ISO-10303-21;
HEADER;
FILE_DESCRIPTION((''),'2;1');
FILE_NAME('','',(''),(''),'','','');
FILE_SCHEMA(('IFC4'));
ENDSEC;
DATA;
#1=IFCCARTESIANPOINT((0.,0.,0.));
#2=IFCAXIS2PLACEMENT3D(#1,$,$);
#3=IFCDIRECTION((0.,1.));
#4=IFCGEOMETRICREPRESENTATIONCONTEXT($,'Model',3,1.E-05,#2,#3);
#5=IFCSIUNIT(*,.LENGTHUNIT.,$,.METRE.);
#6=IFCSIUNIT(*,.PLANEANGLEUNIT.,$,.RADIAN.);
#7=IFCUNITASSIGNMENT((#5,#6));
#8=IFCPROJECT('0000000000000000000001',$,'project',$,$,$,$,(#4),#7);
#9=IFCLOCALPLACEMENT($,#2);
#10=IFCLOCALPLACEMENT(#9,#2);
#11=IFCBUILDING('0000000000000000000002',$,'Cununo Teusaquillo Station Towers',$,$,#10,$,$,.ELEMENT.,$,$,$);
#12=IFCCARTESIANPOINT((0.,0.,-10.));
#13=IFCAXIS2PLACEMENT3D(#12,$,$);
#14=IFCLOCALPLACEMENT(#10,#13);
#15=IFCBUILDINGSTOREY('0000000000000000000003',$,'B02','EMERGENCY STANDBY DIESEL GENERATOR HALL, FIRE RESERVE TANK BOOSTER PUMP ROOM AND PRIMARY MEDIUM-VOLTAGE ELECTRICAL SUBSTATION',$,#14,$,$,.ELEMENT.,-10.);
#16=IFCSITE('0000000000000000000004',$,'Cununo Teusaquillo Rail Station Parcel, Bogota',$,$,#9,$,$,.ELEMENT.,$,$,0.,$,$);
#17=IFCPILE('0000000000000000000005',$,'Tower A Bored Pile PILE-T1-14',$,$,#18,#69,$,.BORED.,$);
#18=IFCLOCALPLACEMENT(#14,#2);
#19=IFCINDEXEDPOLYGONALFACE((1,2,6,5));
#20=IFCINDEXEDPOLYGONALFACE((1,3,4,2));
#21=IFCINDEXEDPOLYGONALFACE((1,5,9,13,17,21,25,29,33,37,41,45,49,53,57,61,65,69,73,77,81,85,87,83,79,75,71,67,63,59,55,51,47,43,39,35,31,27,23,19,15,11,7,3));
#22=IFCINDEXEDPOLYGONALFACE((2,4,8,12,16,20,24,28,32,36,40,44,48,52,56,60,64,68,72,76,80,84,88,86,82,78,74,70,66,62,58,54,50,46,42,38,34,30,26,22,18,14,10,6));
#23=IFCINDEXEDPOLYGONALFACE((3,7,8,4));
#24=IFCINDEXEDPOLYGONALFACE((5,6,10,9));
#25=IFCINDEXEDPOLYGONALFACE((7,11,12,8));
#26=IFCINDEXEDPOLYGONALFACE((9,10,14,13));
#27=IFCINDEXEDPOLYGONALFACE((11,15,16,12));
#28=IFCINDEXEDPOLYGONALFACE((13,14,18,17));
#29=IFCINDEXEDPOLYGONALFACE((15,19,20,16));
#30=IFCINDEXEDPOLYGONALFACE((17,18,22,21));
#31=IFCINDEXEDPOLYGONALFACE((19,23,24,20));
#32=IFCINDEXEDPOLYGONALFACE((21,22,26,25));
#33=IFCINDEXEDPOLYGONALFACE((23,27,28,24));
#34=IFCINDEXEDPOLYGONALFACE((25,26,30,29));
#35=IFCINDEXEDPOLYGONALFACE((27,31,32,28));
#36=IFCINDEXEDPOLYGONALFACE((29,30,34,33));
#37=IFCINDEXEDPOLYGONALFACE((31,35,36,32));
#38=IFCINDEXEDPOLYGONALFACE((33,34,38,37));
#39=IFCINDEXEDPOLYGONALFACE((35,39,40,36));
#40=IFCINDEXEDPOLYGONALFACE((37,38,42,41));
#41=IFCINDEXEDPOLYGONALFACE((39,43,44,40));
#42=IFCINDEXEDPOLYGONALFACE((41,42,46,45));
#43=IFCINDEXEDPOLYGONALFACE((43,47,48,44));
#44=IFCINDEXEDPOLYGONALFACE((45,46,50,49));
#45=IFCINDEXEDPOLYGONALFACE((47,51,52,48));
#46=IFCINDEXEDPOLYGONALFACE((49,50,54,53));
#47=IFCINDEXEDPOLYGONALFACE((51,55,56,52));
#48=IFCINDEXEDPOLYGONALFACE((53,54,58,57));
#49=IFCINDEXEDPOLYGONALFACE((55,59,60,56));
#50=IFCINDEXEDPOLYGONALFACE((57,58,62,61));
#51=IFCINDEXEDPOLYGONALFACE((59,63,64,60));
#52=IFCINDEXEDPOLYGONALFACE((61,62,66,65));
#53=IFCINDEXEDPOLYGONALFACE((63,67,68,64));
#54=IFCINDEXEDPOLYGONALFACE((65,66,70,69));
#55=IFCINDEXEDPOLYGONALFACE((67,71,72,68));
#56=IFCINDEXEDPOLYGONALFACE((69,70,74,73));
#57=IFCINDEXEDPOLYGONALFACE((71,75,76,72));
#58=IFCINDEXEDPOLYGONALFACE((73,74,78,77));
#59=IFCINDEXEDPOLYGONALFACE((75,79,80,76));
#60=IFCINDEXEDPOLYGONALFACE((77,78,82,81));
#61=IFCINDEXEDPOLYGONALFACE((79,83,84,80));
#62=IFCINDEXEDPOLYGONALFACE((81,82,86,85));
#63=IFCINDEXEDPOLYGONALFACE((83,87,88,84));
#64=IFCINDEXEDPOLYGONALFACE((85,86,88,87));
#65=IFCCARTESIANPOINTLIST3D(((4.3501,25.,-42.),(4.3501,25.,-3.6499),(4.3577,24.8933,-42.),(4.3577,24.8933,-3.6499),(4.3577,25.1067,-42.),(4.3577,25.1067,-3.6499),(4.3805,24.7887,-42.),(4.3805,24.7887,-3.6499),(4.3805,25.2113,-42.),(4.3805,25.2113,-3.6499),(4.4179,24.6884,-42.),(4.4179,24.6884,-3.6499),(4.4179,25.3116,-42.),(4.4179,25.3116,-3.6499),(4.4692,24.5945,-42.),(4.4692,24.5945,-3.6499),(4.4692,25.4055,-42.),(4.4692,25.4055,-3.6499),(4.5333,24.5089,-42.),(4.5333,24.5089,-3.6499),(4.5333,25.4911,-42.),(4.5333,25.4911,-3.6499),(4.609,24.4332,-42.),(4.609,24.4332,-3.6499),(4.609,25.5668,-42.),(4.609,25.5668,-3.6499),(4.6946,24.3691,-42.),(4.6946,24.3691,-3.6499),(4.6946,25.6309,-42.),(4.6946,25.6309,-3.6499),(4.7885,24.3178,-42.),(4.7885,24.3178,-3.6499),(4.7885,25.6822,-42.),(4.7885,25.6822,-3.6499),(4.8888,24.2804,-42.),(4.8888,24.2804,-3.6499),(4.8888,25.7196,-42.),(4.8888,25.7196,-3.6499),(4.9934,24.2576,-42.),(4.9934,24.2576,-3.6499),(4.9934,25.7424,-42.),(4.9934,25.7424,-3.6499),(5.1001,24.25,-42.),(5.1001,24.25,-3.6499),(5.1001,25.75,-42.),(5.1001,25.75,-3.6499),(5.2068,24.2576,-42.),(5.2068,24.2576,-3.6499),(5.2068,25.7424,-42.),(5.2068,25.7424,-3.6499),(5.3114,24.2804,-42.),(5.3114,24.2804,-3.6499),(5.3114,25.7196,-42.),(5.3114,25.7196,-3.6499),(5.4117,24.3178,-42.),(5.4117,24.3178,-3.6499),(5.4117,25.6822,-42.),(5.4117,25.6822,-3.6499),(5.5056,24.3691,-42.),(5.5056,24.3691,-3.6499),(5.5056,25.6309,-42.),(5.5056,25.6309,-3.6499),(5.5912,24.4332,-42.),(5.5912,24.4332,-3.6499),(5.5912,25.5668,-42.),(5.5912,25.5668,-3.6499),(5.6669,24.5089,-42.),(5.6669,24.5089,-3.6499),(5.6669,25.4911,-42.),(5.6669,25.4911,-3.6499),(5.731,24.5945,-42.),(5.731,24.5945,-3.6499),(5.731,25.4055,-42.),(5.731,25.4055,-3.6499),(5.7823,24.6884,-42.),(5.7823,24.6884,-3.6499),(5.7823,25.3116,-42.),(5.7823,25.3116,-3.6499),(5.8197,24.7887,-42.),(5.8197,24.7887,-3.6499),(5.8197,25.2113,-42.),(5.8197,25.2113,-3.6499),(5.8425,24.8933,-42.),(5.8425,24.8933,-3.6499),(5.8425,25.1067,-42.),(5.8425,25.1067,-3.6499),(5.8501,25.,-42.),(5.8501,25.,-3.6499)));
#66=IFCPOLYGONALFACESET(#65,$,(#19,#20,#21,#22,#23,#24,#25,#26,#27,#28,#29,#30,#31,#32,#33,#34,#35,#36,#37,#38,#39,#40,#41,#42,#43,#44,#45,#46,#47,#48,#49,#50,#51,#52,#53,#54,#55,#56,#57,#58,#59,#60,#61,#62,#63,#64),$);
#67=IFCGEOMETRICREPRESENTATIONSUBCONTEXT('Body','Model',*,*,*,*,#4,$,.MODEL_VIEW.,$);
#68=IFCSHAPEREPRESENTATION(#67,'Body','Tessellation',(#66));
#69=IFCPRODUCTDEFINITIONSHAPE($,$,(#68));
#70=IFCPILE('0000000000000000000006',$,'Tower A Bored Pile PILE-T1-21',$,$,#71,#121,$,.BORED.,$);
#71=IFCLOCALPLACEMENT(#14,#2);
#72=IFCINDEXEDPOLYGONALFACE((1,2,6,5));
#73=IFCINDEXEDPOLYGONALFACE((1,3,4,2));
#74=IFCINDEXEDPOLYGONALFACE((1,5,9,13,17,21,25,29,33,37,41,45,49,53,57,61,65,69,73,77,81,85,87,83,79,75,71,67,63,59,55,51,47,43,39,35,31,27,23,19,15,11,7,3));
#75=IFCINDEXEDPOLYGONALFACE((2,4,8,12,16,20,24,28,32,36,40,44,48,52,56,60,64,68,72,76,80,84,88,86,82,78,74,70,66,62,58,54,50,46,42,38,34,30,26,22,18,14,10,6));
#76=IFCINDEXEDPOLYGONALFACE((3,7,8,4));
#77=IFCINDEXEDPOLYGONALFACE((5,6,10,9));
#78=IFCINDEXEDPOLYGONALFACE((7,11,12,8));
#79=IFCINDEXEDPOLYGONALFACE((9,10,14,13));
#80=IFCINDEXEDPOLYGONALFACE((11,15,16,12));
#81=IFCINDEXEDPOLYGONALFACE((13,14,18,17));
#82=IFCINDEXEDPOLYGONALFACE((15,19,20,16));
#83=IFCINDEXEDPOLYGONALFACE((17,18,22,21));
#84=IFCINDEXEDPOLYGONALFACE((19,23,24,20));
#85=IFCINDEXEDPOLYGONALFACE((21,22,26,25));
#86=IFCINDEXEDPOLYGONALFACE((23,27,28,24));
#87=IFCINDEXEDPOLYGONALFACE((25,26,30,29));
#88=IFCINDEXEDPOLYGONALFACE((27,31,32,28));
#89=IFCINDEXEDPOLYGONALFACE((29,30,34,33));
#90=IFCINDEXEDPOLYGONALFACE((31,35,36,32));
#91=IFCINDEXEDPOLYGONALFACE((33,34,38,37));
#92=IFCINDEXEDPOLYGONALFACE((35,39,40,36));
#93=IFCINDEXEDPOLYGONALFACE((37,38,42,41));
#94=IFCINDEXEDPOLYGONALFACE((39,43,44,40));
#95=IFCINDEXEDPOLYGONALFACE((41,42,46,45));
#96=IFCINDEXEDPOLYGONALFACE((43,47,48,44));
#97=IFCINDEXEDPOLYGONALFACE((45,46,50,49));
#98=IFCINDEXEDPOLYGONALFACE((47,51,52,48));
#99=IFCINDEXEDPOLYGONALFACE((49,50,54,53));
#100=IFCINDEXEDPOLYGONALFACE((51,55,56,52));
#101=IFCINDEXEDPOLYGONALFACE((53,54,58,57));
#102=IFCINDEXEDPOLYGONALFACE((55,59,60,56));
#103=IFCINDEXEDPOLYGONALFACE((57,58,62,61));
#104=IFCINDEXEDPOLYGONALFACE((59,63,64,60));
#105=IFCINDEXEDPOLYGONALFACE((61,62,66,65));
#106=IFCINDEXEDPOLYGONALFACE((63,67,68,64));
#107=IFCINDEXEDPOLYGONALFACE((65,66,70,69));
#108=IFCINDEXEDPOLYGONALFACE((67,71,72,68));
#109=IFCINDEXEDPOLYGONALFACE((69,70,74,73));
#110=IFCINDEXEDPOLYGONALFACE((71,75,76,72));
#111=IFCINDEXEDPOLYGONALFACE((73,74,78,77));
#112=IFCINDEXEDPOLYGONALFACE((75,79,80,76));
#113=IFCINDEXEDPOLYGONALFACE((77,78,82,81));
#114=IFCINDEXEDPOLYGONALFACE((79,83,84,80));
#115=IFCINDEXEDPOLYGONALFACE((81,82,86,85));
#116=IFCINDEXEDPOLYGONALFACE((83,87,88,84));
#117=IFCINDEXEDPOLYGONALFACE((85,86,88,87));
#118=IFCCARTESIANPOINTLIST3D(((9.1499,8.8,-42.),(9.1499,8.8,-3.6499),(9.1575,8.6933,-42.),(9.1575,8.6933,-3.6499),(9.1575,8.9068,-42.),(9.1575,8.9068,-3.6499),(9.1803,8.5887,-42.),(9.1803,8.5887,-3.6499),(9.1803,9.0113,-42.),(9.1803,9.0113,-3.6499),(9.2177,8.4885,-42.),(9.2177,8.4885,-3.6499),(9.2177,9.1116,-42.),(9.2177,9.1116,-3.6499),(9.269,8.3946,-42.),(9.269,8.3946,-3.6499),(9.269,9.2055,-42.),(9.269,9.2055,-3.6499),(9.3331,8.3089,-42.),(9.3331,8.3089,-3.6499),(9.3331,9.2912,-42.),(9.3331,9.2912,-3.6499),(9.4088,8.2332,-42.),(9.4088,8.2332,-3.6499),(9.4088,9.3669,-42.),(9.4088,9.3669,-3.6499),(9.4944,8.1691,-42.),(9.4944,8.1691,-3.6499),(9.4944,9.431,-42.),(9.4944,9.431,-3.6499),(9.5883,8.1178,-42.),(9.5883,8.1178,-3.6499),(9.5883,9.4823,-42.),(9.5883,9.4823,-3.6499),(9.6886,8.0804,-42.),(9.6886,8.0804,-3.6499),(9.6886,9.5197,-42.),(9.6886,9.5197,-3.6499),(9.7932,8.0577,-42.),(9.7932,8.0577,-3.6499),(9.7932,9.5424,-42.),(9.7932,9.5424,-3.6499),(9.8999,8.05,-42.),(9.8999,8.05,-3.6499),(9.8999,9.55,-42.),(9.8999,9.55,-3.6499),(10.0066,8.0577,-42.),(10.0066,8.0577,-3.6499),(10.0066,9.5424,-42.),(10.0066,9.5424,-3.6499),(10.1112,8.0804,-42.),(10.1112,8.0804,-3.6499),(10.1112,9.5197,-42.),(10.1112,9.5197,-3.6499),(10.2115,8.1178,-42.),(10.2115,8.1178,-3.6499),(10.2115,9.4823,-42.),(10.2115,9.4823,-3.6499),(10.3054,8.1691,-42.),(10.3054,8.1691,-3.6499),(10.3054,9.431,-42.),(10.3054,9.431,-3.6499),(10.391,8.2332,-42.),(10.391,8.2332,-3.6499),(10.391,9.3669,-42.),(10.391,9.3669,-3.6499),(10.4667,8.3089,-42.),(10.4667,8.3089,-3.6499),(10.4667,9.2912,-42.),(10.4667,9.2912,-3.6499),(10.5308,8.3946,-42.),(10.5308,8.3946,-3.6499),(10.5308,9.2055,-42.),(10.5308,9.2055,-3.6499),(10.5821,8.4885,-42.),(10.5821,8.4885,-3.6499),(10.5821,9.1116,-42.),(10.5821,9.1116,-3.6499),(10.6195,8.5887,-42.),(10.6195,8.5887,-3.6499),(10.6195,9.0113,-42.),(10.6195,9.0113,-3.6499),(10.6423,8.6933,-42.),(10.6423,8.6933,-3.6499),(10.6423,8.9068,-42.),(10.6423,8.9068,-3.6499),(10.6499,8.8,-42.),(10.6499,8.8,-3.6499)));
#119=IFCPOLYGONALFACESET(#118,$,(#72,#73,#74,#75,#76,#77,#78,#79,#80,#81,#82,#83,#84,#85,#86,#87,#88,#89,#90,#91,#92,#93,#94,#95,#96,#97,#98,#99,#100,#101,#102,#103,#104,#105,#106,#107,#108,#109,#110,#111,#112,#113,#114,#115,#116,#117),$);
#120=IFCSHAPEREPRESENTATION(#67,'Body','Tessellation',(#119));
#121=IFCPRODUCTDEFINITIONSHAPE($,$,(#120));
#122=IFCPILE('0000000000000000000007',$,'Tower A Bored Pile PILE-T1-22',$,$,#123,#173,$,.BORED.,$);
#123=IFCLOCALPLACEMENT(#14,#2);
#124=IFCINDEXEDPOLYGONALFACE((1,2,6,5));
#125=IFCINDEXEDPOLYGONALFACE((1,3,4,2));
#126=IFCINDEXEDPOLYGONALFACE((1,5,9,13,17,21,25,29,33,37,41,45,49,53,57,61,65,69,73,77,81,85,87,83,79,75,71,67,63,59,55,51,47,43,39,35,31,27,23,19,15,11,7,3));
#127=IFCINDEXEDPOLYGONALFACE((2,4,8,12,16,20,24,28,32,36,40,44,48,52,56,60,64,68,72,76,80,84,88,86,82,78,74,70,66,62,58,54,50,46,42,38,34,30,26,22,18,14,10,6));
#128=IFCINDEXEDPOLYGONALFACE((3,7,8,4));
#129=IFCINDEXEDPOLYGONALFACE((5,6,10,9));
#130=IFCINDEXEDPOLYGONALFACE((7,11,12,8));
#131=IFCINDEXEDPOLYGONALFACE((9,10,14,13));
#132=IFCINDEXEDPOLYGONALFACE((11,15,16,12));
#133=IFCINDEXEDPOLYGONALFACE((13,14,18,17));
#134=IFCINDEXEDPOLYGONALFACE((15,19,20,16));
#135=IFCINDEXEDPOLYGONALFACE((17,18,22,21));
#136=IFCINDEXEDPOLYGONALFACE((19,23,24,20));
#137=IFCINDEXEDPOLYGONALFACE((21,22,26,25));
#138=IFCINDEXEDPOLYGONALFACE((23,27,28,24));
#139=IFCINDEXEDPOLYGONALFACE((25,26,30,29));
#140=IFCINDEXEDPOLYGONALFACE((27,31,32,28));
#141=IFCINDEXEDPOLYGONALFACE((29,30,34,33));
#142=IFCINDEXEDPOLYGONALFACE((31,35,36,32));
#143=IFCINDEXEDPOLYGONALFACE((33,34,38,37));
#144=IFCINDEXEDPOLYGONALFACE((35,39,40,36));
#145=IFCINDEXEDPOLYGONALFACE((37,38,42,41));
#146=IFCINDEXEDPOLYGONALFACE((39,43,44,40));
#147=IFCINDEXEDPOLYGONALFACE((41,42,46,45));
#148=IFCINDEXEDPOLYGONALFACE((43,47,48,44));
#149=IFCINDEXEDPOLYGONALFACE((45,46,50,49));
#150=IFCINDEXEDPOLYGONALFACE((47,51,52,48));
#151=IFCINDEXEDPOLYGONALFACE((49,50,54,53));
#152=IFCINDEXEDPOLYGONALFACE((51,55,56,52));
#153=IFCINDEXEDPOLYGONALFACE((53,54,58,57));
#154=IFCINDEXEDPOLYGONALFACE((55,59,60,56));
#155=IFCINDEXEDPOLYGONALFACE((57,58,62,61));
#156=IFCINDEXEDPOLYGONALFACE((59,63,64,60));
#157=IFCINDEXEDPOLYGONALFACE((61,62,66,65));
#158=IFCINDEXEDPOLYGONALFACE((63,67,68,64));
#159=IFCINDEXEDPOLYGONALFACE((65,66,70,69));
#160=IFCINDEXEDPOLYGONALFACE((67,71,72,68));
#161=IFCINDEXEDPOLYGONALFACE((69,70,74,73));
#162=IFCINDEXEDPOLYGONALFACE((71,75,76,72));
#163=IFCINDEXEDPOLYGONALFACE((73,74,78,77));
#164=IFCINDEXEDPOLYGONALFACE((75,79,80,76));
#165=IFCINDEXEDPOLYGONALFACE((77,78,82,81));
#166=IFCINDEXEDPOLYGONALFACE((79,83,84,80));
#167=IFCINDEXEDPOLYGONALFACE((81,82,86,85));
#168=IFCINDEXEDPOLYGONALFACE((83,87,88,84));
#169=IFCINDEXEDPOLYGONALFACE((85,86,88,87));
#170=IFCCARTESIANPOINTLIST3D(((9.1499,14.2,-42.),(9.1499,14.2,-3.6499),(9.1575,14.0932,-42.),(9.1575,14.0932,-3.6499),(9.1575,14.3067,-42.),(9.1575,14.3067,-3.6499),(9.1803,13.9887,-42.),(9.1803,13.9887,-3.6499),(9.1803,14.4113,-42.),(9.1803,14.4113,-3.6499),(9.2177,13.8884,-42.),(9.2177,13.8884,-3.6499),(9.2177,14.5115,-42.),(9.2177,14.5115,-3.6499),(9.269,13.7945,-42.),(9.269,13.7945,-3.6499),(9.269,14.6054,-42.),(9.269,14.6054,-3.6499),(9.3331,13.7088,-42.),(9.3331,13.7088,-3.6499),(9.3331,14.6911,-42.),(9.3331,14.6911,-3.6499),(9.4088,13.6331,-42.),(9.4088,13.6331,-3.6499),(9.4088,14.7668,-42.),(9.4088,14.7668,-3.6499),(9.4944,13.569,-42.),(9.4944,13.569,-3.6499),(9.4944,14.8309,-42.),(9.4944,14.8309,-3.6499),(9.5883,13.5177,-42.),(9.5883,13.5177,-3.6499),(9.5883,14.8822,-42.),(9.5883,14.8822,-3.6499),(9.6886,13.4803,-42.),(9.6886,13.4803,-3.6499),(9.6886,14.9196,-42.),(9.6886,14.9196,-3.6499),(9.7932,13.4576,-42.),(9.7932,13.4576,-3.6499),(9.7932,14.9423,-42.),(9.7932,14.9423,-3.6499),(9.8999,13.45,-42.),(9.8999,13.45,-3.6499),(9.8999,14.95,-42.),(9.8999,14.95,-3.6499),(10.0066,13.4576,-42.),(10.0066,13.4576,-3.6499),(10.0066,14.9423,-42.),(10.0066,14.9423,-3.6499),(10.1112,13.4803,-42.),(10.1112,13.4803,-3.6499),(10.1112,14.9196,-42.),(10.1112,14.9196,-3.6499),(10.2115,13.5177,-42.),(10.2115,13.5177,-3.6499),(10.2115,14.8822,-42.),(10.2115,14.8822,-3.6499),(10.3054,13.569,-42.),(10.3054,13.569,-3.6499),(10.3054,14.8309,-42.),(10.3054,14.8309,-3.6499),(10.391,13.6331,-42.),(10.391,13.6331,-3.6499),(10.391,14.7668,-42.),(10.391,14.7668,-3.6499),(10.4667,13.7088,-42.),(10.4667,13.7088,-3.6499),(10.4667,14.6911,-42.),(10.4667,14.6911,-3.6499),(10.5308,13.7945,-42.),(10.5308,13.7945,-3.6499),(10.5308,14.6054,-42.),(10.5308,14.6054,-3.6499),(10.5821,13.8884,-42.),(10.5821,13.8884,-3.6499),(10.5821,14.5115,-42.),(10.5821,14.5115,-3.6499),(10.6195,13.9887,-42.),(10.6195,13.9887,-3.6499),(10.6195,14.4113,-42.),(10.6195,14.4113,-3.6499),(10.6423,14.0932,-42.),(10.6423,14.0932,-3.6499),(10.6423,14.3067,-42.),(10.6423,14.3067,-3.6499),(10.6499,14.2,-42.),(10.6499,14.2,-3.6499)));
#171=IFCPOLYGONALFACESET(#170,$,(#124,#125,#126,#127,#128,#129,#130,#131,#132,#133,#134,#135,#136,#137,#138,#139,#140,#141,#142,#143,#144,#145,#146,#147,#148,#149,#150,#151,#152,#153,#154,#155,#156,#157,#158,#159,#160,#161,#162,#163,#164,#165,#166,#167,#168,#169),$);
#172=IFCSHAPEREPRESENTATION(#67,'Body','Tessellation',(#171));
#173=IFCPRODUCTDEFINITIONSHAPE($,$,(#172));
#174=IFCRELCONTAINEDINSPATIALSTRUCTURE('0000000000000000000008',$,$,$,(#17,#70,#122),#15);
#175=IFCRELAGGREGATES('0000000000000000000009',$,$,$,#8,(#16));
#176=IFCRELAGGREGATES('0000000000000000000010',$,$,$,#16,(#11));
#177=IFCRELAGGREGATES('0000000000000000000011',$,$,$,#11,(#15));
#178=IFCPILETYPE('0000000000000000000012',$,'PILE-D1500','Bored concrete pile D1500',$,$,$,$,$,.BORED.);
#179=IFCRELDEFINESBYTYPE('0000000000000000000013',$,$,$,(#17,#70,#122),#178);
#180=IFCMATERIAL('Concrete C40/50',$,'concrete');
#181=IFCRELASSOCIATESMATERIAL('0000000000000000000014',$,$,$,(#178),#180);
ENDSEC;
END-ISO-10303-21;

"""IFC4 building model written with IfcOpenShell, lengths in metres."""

from ifc_helpers import new_model, si_unit, direction, frame, origin, origin_2d, place, context, subcontext, project, spatial, circle, extrude, material, material_profile, profile_set, type_object, element, save


model = new_model("IFC4")

# Units and contexts
model_context = context("Model", 3, precision=1e-05, world=origin(), true_north=direction((0.0, 1.0)))
body_context = subcontext(model_context, "Body", "Model", "MODEL_VIEW")
ifc_project = project(units=[si_unit("LENGTHUNIT", "METRE"), si_unit("PLANEANGLEUNIT", "RADIAN")], contexts=[model_context])

# Site, building, storey
site_placement = place(None, origin())
site = spatial("IfcSite", under=ifc_project, at=site_placement, Name="Cununo Teusaquillo Rail Station Parcel, Bogota", CompositionType="ELEMENT", RefElevation=0.0)
building_placement = place(site_placement, origin())
building = spatial("IfcBuilding", under=site, at=building_placement, Name="Cununo Teusaquillo Station Towers", CompositionType="ELEMENT")
storey_placement = place(building_placement, frame((0.0, 0.0, -10.0)))
storey = spatial("IfcBuildingStorey", under=building, at=storey_placement, Name="B02", Description="EMERGENCY STANDBY DIESEL GENERATOR HALL, FIRE RESERVE TANK BOOSTER PUMP ROOM AND PRIMARY MEDIUM-VOLTAGE ELECTRICAL SUBSTATION", CompositionType="ELEMENT", Elevation=-10.0)

# Piles
ifc_material_1 = material(Name="Concrete C40/50", Category="concrete")
ifc_material_profile_1 = material_profile(ifc_material_1, circle(Radius=0.75, at=origin_2d()), Name="PILE-BORED-1500")
ifc_profile_set_1 = profile_set([ifc_material_profile_1], Name="Concrete C40/50")
pile_type = type_object("IfcPileType", Name="PILE-D1500", Description="Bored concrete pile D1500", PredefinedType="BORED", material=ifc_profile_set_1)
for number, where, z_axis, x_axis, name in (
    (1, (5.1001, 25.0, -3.6499), (0.0, 0.0, -1.0), (1.0, 0.0, 0.0), "Tower A Bored Pile PILE-T1-14"),
    (2, (9.8999, 8.8, -3.6499), (0.0, 0.0, -1.0), (1.0, 0.0, 0.0), "Tower A Bored Pile PILE-T1-21"),
    (3, (9.8999, 14.2, -3.6499), (0.0, 0.0, -1.0), (1.0, 0.0, 0.0), "Tower A Bored Pile PILE-T1-22"),
):
    element("IfcPile", number, at=place(storey_placement, frame(where, z_axis=z_axis, x_axis=x_axis)), inside=storey, type_object=pile_type, Name=name, PredefinedType="BORED", context=body_context, shape_type="SweptSolid", body=[
        extrude(circle(Radius=0.75, at=origin_2d()), origin(), (0.0, 0.0, 1.0), 38.3501),
    ])

save(model, "model.ifc")
